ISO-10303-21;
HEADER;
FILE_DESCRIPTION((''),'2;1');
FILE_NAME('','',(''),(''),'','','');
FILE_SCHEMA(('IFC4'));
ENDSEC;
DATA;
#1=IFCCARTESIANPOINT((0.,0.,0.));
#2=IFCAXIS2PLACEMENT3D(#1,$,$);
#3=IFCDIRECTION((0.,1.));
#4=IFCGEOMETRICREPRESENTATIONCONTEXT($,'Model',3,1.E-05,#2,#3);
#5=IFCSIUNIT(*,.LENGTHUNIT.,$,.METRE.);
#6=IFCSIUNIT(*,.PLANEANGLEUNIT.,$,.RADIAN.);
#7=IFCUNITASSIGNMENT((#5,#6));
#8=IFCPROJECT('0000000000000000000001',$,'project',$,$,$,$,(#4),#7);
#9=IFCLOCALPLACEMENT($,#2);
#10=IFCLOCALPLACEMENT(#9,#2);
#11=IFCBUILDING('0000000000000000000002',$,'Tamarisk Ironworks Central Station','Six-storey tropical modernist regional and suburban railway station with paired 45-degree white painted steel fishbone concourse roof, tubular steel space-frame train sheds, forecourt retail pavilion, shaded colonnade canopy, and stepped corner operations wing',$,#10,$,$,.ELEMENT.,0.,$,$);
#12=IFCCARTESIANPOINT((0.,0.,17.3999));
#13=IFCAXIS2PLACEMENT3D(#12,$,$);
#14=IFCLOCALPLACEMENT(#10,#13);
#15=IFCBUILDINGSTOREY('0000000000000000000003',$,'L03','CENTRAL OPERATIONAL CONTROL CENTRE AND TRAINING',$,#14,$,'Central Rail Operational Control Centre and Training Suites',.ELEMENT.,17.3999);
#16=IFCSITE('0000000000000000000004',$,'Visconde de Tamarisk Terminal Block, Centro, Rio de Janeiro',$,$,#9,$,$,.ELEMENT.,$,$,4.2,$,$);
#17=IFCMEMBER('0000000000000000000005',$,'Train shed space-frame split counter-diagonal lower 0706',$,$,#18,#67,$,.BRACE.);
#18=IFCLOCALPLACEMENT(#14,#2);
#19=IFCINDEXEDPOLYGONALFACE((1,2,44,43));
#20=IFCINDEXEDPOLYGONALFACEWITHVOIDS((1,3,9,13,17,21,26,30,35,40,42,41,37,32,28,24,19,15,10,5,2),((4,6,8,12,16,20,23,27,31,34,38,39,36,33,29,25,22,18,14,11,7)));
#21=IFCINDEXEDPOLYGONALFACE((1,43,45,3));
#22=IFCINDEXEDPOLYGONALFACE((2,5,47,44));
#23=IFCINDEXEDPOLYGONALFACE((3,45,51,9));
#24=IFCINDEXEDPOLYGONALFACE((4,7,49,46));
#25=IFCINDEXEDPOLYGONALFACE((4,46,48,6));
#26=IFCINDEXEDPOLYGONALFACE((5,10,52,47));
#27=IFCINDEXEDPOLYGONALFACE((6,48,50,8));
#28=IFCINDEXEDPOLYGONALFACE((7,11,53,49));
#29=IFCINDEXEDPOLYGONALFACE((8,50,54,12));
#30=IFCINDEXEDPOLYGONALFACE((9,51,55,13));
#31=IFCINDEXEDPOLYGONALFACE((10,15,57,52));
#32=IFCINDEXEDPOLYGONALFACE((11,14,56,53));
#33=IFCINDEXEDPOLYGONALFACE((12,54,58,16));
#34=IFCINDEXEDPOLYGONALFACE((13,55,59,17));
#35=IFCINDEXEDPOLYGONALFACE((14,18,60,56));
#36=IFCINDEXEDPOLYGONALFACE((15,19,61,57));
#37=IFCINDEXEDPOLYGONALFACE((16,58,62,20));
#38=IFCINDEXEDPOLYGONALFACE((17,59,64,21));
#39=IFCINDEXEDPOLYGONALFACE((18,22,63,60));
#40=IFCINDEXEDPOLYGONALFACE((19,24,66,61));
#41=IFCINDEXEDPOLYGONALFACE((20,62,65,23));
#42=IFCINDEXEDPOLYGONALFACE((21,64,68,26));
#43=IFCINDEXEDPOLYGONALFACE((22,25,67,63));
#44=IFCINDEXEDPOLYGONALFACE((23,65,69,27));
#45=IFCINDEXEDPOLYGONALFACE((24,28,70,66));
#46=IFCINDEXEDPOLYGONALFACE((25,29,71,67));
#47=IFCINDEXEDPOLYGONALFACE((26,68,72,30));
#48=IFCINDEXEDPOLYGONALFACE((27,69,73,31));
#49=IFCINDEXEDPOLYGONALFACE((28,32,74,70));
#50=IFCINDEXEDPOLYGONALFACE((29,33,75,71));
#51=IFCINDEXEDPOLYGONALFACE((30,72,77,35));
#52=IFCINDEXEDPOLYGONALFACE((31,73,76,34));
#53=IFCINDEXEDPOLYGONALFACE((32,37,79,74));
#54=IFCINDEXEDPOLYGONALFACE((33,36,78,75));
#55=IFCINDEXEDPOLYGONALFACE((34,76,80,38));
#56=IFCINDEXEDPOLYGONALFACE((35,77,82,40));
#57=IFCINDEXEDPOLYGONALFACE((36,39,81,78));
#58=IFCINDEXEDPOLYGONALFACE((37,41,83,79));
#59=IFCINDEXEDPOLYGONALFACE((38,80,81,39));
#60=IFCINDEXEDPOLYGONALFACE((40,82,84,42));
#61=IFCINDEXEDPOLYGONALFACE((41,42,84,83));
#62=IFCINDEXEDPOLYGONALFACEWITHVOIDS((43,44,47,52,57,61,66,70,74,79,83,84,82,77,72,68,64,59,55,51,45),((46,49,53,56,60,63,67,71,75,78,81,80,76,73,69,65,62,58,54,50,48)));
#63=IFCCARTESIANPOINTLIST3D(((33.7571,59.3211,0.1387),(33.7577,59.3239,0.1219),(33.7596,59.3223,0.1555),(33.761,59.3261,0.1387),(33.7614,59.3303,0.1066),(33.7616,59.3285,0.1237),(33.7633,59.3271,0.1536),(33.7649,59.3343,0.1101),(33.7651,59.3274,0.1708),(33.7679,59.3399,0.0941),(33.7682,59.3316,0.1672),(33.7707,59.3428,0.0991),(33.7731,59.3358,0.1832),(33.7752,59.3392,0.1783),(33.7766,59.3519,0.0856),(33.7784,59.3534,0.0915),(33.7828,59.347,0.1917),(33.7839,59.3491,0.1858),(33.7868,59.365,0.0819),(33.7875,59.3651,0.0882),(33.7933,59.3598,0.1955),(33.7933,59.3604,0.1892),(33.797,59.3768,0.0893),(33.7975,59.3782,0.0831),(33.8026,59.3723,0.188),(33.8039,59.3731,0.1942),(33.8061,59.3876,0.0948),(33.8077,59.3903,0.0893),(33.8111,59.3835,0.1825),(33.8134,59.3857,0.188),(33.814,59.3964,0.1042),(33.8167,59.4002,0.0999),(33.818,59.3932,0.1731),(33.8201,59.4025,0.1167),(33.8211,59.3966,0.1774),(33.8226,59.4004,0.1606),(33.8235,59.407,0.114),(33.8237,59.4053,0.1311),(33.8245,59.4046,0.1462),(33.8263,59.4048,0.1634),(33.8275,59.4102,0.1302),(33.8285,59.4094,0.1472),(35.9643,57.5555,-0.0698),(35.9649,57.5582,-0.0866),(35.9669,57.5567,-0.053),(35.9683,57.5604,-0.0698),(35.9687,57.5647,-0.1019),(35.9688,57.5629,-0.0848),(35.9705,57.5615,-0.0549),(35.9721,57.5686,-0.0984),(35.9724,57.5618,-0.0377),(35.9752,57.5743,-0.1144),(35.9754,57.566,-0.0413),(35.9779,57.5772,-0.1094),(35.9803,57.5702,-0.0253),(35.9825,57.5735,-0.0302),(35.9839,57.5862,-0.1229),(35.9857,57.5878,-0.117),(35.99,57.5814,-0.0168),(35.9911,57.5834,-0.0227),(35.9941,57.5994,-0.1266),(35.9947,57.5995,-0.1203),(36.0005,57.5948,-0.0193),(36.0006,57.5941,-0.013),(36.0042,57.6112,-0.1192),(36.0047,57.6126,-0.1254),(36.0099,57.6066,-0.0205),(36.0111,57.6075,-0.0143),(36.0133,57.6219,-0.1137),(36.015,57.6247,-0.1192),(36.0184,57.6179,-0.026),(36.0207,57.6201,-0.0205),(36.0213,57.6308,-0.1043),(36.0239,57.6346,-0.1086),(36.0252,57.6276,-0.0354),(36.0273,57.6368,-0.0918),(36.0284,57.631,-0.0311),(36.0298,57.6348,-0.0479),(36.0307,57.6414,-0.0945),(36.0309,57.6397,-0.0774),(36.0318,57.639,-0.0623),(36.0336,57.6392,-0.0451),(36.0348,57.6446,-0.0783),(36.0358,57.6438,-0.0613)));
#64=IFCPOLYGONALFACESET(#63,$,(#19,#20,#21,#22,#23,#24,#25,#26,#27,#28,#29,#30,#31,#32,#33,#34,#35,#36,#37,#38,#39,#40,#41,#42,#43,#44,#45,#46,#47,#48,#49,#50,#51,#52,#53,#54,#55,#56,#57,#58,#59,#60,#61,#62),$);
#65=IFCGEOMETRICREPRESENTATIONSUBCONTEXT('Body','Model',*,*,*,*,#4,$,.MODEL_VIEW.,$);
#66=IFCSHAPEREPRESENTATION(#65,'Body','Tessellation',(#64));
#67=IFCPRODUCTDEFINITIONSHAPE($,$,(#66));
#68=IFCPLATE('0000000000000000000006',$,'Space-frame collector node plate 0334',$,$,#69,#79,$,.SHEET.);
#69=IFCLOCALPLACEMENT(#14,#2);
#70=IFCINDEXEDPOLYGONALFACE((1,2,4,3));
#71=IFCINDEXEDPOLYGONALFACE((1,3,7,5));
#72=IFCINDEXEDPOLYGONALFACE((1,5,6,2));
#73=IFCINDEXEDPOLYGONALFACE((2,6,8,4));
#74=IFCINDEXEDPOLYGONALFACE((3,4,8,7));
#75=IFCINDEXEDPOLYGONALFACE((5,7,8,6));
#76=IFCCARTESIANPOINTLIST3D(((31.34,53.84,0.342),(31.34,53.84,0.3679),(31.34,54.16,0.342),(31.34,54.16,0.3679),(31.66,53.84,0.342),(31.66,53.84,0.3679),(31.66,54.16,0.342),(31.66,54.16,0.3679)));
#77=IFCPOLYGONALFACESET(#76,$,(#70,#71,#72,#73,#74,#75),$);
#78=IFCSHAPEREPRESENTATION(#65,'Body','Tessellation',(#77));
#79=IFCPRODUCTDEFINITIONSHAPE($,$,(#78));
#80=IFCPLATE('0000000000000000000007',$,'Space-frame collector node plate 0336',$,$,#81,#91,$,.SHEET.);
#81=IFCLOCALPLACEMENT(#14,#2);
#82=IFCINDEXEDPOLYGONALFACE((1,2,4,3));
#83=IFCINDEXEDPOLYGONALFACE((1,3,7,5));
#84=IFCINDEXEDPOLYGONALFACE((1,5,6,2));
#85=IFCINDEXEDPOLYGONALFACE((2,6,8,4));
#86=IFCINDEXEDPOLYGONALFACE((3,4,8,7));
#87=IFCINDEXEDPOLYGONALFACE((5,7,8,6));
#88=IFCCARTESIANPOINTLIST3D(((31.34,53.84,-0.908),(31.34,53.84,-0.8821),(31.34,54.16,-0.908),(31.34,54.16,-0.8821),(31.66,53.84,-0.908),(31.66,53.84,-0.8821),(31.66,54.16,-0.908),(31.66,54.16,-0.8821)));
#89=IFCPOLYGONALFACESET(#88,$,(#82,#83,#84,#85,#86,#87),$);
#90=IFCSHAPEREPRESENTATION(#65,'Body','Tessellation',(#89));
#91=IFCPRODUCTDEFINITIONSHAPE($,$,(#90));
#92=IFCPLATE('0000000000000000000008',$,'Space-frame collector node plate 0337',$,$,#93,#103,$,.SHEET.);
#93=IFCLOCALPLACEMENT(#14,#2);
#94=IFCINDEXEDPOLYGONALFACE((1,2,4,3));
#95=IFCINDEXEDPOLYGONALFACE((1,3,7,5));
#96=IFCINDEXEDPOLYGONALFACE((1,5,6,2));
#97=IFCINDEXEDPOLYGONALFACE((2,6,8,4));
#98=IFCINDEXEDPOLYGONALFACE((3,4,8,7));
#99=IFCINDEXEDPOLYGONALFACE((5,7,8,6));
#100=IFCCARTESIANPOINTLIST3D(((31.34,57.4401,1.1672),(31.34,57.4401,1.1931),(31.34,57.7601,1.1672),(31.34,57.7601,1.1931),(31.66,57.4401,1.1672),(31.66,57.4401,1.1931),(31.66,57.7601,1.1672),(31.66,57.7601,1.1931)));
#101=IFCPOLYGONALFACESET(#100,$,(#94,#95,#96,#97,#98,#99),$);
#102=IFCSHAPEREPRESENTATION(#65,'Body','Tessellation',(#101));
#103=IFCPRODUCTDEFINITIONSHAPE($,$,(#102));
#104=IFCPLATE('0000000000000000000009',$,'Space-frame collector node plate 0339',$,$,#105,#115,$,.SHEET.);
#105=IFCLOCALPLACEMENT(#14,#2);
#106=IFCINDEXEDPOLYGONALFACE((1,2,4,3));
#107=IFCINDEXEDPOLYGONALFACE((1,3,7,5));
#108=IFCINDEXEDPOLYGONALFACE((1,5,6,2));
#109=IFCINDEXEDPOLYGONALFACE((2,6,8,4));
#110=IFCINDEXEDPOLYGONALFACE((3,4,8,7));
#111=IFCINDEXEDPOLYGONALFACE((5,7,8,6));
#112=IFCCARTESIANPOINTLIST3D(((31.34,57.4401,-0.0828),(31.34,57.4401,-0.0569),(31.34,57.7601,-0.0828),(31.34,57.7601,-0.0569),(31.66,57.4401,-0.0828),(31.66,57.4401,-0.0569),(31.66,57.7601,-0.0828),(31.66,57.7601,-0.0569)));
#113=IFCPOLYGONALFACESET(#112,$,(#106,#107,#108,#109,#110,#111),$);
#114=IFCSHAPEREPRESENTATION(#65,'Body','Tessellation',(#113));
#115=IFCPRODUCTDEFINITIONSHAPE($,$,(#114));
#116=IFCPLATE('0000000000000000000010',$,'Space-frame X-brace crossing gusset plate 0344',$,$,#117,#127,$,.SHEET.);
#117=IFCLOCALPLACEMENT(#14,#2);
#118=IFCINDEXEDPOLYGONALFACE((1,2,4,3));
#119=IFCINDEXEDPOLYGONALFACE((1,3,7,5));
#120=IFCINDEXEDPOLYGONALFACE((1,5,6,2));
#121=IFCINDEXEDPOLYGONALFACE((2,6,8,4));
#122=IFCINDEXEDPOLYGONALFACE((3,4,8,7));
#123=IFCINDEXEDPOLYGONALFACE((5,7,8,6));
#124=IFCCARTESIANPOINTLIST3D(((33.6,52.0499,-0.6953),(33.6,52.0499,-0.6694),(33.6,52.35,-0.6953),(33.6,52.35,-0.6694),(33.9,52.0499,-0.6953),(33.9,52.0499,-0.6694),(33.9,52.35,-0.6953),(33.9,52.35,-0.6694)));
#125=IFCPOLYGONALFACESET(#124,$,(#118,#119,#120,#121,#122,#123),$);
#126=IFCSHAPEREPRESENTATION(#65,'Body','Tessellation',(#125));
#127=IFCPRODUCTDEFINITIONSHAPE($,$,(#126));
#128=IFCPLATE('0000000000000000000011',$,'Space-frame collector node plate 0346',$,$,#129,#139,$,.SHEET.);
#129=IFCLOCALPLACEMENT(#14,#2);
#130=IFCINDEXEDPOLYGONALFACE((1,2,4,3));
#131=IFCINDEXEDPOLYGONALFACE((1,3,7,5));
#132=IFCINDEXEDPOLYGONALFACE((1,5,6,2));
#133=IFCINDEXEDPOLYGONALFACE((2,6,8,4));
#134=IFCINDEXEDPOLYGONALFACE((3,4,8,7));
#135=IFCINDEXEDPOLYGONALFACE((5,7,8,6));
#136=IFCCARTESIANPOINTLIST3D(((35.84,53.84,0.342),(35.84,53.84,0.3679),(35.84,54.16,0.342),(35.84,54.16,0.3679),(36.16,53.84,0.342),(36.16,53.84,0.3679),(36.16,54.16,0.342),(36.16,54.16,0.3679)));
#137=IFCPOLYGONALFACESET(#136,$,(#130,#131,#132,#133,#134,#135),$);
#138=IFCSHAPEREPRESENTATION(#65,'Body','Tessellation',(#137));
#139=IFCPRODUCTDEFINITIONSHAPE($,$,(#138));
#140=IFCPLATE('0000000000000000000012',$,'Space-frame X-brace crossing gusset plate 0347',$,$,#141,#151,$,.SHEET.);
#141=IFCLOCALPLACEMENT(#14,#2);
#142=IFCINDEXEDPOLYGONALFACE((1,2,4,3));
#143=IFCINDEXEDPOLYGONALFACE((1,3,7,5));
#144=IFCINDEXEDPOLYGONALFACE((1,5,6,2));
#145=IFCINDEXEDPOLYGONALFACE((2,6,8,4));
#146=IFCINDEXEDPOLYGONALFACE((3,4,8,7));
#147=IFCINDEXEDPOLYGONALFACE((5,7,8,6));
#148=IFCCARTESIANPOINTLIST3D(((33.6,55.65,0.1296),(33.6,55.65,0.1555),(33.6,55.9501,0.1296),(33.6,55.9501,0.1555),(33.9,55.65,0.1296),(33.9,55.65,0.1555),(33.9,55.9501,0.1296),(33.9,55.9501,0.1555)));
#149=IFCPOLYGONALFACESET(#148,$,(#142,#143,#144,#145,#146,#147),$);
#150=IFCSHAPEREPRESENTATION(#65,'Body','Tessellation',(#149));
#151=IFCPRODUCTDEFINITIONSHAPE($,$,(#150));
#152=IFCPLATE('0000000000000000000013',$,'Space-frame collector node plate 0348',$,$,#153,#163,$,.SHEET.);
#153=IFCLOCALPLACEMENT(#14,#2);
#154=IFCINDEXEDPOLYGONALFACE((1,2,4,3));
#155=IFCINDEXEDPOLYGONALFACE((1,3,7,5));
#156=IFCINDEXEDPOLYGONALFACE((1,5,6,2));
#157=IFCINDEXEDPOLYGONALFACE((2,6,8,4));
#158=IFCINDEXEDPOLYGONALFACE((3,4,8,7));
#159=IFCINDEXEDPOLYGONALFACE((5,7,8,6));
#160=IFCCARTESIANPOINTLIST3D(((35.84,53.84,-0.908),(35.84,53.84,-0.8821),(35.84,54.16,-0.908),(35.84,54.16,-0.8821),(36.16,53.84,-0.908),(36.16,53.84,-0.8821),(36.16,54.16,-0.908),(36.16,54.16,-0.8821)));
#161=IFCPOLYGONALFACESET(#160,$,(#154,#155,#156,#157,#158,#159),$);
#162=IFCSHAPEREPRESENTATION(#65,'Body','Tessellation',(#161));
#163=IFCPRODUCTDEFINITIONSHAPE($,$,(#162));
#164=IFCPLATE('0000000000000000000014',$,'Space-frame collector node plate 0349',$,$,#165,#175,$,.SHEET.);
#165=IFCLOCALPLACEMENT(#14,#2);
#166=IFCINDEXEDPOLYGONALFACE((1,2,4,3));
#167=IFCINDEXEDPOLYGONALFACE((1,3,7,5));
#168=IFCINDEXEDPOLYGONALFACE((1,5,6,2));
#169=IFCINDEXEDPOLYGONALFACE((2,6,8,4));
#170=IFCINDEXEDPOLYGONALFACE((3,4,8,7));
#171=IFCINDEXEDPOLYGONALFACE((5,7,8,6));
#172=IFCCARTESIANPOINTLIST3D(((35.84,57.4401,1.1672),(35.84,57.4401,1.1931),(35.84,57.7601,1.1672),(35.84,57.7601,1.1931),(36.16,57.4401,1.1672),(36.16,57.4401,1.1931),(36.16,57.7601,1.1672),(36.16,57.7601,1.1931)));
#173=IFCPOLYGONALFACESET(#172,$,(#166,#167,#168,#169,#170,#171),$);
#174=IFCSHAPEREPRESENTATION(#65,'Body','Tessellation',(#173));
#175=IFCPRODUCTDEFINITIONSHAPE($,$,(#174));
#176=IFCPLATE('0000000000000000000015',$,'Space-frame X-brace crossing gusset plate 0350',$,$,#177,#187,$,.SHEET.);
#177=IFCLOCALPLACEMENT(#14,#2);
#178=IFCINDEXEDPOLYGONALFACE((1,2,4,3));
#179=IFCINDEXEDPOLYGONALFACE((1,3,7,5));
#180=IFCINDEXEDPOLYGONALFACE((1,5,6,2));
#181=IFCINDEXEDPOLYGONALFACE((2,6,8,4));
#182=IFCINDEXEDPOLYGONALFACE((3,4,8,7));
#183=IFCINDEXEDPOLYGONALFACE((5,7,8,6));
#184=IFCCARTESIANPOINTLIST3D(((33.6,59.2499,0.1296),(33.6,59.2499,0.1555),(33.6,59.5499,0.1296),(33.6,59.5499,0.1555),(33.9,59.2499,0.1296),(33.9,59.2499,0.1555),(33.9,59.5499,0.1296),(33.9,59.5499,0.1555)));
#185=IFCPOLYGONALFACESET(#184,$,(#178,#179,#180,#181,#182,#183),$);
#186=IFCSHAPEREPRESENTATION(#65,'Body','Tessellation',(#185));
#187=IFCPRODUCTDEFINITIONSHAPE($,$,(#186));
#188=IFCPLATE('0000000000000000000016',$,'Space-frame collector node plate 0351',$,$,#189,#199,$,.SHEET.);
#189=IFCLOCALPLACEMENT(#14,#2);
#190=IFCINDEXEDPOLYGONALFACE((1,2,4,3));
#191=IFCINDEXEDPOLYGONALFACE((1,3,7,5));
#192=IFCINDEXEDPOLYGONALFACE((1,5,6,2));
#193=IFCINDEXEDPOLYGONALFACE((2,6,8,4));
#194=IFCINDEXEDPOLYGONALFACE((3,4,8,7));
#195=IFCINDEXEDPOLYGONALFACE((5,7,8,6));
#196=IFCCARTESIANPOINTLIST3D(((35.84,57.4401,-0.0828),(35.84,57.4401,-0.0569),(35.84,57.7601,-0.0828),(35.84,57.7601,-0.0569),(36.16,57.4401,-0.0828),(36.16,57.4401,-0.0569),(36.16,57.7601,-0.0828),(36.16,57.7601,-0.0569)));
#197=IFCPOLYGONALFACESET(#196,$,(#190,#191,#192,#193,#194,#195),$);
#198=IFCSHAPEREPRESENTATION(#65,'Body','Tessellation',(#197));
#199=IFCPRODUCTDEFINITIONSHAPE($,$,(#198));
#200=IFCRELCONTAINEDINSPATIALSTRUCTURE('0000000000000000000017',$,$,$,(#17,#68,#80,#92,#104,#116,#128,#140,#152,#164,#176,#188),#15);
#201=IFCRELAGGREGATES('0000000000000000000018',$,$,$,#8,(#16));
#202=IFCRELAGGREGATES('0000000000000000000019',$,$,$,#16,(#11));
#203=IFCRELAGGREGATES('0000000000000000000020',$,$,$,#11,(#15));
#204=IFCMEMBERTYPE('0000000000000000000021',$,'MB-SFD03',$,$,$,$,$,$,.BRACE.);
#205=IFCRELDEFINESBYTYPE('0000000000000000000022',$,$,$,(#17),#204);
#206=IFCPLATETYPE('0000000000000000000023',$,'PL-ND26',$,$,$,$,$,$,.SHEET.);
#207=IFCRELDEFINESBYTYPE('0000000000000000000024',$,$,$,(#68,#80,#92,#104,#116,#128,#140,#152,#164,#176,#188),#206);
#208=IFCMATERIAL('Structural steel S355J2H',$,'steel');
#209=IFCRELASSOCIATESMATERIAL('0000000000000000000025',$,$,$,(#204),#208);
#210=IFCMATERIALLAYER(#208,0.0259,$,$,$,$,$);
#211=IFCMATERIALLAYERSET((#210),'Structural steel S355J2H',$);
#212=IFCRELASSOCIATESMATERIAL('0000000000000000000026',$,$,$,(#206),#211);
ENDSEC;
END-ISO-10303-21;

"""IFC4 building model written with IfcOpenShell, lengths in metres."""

from ifc_helpers import new_model, si_unit, direction, frame, origin, origin_2d, place, context, subcontext, project, spatial, rectangle, hollow_circle, extrude, material, layer, layer_set, material_profile, profile_set, type_object, element, save


model = new_model("IFC4")

# Units and contexts
model_context = context("Model", 3, precision=1e-05, world=origin(), true_north=direction((0.0, 1.0)))
body_context = subcontext(model_context, "Body", "Model", "MODEL_VIEW")
ifc_project = project(units=[si_unit("LENGTHUNIT", "METRE"), si_unit("PLANEANGLEUNIT", "RADIAN")], contexts=[model_context])

# Site, building, storey
site_placement = place(None, origin())
site = spatial("IfcSite", under=ifc_project, at=site_placement, Name="Visconde de Tamarisk Terminal Block, Centro, Rio de Janeiro", CompositionType="ELEMENT", RefElevation=4.2)
building_placement = place(site_placement, origin())
building = spatial("IfcBuilding", under=site, at=building_placement, Name="Tamarisk Ironworks Central Station", Description="Six-storey tropical modernist regional and suburban railway station with paired 45-degree white painted steel fishbone concourse roof, tubular steel space-frame train sheds, forecourt retail pavilion, shaded colonnade canopy, and stepped corner operations wing", CompositionType="ELEMENT", ElevationOfRefHeight=0.0)
storey_placement = place(building_placement, frame((0.0, 0.0, 17.3999)))
storey = spatial("IfcBuildingStorey", under=building, at=storey_placement, Name="L03", Description="CENTRAL OPERATIONAL CONTROL CENTRE AND TRAINING", LongName="Central Rail Operational Control Centre and Training Suites", CompositionType="ELEMENT", Elevation=17.3999)

# Member
ifc_material_1 = material(Name="Structural steel S355J2H", Category="steel")
ifc_material_profile_1 = material_profile(ifc_material_1, hollow_circle(Radius=0.0571, WallThickness=0.0063, at=origin_2d()), Name="CHS 114.3x6.3")
ifc_profile_set_1 = profile_set([ifc_material_profile_1], Name="Structural steel S355J2H")
member_type_1 = type_object("IfcMemberType", Name="MB-SFD03", PredefinedType="BRACE", material=ifc_profile_set_1)
member_1_placement = place(storey_placement, frame((36.0, 57.6001, -0.0698), z_axis=(-0.778787, 0.62296, 0.073563), x_axis=(-0.624653, -0.780903, 0.0)))
element("IfcMember", 1, at=member_1_placement, inside=storey, type_object=member_type_1, Name="Train shed space-frame split counter-diagonal lower 0706", PredefinedType="BRACE", context=body_context, shape_type="SweptSolid", body=[
    extrude(hollow_circle(Radius=0.0571, WallThickness=0.0063, at=origin_2d()), origin(), (0.0, 0.0, 1.0), 2.8342),
])

# Plates
ifc_layer = layer(ifc_material_1, 0.0259)
ifc_layer_set = layer_set([ifc_layer], Name="Structural steel S355J2H")
plate_type = type_object("IfcPlateType", Name="PL-ND26", PredefinedType="SHEET", material=ifc_layer_set)
for number, where, z_axis, x_axis, name in (
    (2, (31.5, 54.0, 0.342), (0.0, 0.0, 1.0), (1.0, 0.0, 0.0), "Space-frame collector node plate 0334"),
    (3, (31.5, 54.0, -0.908), (0.0, 0.0, 1.0), (1.0, 0.0, 0.0), "Space-frame collector node plate 0336"),
    (4, (31.5, 57.6001, 1.1672), (0.0, 0.0, 1.0), (1.0, 0.0, 0.0), "Space-frame collector node plate 0337"),
    (5, (31.5, 57.6001, -0.0828), (0.0, 0.0, 1.0), (1.0, 0.0, 0.0), "Space-frame collector node plate 0339"),
):
    element("IfcPlate", number, at=place(storey_placement, frame(where, z_axis=z_axis, x_axis=x_axis)), inside=storey, type_object=plate_type, Name=name, PredefinedType="SHEET", context=body_context, shape_type="SweptSolid", body=[
        extrude(rectangle(XDim=0.3201, YDim=0.3201, at=origin_2d()), origin(), (0.0, 0.0, 1.0), 0.0259),
    ])
plate_1_placement = place(storey_placement, frame((33.75, 52.2, -0.6953), z_axis=(0.0, 0.0, 1.0), x_axis=(1.0, 0.0, 0.0)))
element("IfcPlate", 6, at=plate_1_placement, inside=storey, type_object=plate_type, Name="Space-frame X-brace crossing gusset plate 0344", PredefinedType="SHEET", context=body_context, shape_type="SweptSolid", body=[
    extrude(rectangle(XDim=0.3, YDim=0.3, at=origin_2d()), origin(), (0.0, 0.0, 1.0), 0.0259),
])
plate_2_placement = place(storey_placement, frame((36.0, 54.0, 0.342), z_axis=(0.0, 0.0, 1.0), x_axis=(1.0, 0.0, 0.0)))
element("IfcPlate", 7, at=plate_2_placement, inside=storey, type_object=plate_type, Name="Space-frame collector node plate 0346", PredefinedType="SHEET", context=body_context, shape_type="SweptSolid", body=[
    extrude(rectangle(XDim=0.3201, YDim=0.3201, at=origin_2d()), origin(), (0.0, 0.0, 1.0), 0.0259),
])
plate_3_placement = place(storey_placement, frame((33.75, 55.8, 0.1296), z_axis=(0.0, 0.0, 1.0), x_axis=(1.0, 0.0, 0.0)))
element("IfcPlate", 8, at=plate_3_placement, inside=storey, type_object=plate_type, Name="Space-frame X-brace crossing gusset plate 0347", PredefinedType="SHEET", context=body_context, shape_type="SweptSolid", body=[
    extrude(rectangle(XDim=0.3, YDim=0.3, at=origin_2d()), origin(), (0.0, 0.0, 1.0), 0.0259),
])
for number, where, z_axis, x_axis, name in (
    (9, (36.0, 54.0, -0.908), (0.0, 0.0, 1.0), (1.0, 0.0, 0.0), "Space-frame collector node plate 0348"),
    (10, (36.0, 57.6001, 1.1672), (0.0, 0.0, 1.0), (1.0, 0.0, 0.0), "Space-frame collector node plate 0349"),
):
    element("IfcPlate", number, at=place(storey_placement, frame(where, z_axis=z_axis, x_axis=x_axis)), inside=storey, type_object=plate_type, Name=name, PredefinedType="SHEET", context=body_context, shape_type="SweptSolid", body=[
        extrude(rectangle(XDim=0.3201, YDim=0.3201, at=origin_2d()), origin(), (0.0, 0.0, 1.0), 0.0259),
    ])
plate_4_placement = place(storey_placement, frame((33.75, 59.3999, 0.1296), z_axis=(0.0, 0.0, 1.0), x_axis=(1.0, 0.0, 0.0)))
element("IfcPlate", 11, at=plate_4_placement, inside=storey, type_object=plate_type, Name="Space-frame X-brace crossing gusset plate 0350", PredefinedType="SHEET", context=body_context, shape_type="SweptSolid", body=[
    extrude(rectangle(XDim=0.3, YDim=0.3, at=origin_2d()), origin(), (0.0, 0.0, 1.0), 0.0259),
])
plate_5_placement = place(storey_placement, frame((36.0, 57.6001, -0.0828), z_axis=(0.0, 0.0, 1.0), x_axis=(1.0, 0.0, 0.0)))
element("IfcPlate", 12, at=plate_5_placement, inside=storey, type_object=plate_type, Name="Space-frame collector node plate 0351", PredefinedType="SHEET", context=body_context, shape_type="SweptSolid", body=[
    extrude(rectangle(XDim=0.3201, YDim=0.3201, at=origin_2d()), origin(), (0.0, 0.0, 1.0), 0.0259),
])

save(model, "model.ifc")
